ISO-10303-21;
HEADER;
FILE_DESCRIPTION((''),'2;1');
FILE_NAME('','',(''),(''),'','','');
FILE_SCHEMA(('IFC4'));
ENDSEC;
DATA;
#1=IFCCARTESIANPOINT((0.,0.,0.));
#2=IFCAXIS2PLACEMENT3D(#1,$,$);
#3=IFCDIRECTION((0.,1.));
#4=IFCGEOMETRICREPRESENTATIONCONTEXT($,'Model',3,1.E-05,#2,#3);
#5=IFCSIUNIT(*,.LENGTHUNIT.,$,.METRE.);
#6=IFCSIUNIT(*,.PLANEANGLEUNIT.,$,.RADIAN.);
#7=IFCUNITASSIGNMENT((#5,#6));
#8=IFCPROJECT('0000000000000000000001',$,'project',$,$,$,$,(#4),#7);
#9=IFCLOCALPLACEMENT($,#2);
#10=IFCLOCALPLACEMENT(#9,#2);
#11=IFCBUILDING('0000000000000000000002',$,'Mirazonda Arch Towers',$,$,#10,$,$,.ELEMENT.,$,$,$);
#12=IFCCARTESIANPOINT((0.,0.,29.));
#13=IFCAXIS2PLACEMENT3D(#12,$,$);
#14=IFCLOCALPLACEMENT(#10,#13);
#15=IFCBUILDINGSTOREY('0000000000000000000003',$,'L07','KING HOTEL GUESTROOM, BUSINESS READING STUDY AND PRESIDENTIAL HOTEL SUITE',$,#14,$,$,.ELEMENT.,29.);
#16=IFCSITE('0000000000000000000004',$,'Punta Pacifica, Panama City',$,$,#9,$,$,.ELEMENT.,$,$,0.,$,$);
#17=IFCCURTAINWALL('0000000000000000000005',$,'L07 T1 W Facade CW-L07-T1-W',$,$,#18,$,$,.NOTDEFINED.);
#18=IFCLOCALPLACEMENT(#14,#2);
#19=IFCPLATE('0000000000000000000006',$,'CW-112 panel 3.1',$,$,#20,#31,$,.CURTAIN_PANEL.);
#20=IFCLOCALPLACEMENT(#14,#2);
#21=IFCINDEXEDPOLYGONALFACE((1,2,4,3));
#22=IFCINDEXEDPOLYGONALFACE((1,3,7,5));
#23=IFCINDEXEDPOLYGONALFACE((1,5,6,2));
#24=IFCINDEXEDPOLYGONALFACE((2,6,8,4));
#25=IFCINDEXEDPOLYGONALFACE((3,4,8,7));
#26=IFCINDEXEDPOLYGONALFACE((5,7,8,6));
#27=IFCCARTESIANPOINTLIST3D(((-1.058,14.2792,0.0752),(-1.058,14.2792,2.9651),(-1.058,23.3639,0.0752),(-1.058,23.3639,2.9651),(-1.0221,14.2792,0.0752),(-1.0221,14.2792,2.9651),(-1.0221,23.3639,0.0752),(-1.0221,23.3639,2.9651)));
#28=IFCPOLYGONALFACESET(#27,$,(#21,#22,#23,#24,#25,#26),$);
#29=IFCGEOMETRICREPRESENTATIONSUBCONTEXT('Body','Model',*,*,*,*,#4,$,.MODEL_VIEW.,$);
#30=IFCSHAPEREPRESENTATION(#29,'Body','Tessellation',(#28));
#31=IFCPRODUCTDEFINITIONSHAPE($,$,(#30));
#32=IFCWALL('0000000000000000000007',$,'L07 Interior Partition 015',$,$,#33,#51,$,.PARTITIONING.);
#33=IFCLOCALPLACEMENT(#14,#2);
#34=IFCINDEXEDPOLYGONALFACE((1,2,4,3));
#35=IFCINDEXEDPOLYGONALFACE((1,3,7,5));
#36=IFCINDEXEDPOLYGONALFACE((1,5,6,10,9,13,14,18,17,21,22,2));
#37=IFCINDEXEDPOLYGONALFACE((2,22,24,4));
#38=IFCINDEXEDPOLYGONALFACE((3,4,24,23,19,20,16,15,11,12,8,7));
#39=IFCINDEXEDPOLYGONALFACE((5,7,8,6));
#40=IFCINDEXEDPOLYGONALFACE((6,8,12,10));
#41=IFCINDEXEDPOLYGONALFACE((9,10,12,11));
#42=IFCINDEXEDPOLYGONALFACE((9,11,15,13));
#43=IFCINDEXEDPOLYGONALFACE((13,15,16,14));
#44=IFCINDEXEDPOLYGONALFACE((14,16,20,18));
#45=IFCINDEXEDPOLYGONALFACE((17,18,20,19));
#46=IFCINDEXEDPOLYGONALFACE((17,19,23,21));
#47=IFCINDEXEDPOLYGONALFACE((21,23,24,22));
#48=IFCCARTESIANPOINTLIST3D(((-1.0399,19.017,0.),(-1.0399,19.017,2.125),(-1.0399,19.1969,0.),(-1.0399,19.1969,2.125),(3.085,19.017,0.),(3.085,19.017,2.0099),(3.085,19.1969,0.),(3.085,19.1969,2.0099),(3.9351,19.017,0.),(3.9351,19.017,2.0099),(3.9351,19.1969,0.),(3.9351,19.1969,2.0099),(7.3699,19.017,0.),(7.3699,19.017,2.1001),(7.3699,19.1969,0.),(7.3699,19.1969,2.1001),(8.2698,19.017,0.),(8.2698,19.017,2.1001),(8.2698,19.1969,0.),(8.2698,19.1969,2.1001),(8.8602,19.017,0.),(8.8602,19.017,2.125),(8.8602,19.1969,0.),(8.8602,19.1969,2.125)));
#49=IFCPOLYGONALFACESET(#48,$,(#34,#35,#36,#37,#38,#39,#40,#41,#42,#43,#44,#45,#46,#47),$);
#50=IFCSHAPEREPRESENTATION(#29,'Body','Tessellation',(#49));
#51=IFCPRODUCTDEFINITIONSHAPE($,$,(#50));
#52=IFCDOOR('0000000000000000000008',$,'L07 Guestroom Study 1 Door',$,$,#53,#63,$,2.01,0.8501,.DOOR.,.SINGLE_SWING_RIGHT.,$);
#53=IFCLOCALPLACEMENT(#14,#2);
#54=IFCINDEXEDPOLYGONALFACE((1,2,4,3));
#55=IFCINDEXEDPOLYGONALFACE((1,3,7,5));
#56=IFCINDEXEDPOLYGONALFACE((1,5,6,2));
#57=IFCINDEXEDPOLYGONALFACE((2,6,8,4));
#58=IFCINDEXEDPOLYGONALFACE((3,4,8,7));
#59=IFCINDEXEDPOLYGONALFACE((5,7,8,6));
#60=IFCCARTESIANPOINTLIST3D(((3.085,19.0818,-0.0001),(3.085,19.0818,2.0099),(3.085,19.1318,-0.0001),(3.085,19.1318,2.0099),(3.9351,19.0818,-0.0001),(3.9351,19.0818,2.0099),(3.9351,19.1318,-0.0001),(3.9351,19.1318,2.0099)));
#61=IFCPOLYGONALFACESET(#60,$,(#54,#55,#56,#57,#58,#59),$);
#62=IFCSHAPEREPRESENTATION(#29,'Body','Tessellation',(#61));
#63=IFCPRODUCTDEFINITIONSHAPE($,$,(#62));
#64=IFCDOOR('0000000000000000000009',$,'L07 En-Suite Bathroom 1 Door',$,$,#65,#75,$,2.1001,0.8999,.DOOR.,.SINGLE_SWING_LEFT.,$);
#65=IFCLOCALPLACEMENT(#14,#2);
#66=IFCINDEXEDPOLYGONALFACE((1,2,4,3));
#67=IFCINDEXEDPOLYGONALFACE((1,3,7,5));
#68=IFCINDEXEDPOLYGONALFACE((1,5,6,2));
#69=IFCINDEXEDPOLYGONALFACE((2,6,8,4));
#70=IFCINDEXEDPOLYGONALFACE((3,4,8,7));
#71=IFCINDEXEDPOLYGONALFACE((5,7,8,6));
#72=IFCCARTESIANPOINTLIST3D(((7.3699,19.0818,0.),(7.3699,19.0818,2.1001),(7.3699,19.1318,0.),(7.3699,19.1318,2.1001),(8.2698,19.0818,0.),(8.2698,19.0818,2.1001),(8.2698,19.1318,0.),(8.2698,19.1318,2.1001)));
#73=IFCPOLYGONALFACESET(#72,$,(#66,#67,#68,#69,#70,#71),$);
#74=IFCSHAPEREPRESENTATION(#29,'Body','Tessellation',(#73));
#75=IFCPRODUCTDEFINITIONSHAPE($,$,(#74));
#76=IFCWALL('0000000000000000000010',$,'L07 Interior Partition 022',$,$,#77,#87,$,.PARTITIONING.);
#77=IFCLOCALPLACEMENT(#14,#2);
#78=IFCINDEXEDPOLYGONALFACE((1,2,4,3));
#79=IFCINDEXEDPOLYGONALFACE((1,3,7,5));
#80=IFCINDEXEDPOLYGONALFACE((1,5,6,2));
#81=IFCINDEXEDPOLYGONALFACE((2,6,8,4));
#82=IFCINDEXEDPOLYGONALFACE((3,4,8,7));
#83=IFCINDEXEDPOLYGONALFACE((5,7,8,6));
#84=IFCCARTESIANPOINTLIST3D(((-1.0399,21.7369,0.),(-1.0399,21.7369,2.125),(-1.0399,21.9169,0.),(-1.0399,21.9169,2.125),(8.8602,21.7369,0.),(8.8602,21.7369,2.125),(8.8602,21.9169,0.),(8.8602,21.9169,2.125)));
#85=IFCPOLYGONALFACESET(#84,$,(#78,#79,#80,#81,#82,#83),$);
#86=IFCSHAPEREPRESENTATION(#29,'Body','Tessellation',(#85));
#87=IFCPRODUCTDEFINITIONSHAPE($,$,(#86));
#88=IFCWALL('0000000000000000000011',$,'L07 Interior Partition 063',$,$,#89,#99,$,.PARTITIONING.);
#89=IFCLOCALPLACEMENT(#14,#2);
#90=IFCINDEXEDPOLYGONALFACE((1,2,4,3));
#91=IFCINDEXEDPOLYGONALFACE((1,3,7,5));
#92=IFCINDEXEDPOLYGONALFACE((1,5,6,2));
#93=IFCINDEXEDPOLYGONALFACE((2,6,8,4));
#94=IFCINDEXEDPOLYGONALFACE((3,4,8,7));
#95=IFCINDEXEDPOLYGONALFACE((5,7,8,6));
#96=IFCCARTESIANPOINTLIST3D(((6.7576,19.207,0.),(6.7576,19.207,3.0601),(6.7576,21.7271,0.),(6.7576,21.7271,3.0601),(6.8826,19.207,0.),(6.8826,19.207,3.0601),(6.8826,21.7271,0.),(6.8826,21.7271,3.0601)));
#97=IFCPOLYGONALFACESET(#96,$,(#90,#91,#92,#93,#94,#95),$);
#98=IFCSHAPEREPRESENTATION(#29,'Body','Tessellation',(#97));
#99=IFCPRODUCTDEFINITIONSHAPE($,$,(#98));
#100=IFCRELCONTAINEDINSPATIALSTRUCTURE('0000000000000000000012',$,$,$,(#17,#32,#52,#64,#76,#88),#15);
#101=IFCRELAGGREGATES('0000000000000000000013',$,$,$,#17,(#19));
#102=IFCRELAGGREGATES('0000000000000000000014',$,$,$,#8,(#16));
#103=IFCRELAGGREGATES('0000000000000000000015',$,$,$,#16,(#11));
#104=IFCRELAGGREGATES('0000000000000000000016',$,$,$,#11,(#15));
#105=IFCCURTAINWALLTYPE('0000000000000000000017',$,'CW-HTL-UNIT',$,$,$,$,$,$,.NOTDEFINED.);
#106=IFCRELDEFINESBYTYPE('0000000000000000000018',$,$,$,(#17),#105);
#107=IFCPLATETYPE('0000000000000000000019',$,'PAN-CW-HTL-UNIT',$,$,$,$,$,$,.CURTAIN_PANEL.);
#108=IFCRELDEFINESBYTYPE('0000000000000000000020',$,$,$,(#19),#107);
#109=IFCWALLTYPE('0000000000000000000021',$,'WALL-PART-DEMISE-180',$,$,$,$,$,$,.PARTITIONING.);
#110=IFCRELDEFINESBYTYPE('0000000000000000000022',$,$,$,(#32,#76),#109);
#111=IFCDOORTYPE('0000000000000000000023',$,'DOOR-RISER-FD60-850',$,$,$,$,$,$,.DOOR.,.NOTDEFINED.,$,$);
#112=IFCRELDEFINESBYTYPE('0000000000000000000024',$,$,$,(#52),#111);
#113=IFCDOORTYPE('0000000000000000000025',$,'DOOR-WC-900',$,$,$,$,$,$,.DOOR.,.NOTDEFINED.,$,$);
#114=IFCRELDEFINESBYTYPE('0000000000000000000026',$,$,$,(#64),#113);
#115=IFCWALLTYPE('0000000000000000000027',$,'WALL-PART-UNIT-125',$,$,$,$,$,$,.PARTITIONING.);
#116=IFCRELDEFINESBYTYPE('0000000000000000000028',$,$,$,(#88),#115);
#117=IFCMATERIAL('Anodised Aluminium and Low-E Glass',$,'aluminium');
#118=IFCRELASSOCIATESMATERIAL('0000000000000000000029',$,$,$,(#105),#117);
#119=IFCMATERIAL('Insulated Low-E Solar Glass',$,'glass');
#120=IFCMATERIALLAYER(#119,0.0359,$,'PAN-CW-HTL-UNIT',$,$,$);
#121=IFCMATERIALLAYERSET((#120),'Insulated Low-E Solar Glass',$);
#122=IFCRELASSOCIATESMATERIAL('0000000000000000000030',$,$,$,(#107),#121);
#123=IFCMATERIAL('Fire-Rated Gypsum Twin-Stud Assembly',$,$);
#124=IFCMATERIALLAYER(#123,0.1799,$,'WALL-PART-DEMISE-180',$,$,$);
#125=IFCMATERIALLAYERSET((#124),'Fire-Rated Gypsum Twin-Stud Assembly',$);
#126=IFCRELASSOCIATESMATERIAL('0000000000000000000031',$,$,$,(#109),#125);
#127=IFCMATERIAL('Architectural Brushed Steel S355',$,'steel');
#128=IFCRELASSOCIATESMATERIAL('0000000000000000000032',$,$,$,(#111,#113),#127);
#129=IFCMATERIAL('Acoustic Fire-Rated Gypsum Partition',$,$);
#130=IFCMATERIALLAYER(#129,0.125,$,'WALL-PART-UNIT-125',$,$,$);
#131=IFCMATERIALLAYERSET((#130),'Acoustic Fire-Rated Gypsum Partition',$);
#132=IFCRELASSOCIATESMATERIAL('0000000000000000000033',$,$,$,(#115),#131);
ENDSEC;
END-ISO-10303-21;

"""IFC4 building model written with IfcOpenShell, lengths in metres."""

from ifc_helpers import new_model, si_unit, direction, frame, frame_2d, origin, origin_2d, place, context, subcontext, project, spatial, rectangle, extrude, material, layer, layer_set, type_object, element, fill, aggregate, save


model = new_model("IFC4")

# Units and contexts
model_context = context("Model", 3, precision=1e-05, world=origin(), true_north=direction((0.0, 1.0)))
body_context = subcontext(model_context, "Body", "Model", "MODEL_VIEW")
ifc_project = project(units=[si_unit("LENGTHUNIT", "METRE"), si_unit("PLANEANGLEUNIT", "RADIAN")], contexts=[model_context])

# Site, building, storey
site_placement = place(None, origin())
site = spatial("IfcSite", under=ifc_project, at=site_placement, Name="Punta Pacifica, Panama City", CompositionType="ELEMENT", RefElevation=0.0)
building_placement = place(site_placement, origin())
building = spatial("IfcBuilding", under=site, at=building_placement, Name="Mirazonda Arch Towers", CompositionType="ELEMENT")
storey_placement = place(building_placement, frame((0.0, 0.0, 29.0)))
storey = spatial("IfcBuildingStorey", under=building, at=storey_placement, Name="L07", Description="KING HOTEL GUESTROOM, BUSINESS READING STUDY AND PRESIDENTIAL HOTEL SUITE", CompositionType="ELEMENT", Elevation=29.0)

# Curtain wall, plate
ifc_material_1 = material(Name="Anodised Aluminium and Low-E Glass", Category="aluminium")
curtain_wall_type = type_object("IfcCurtainWallType", Name="CW-HTL-UNIT", PredefinedType="NOTDEFINED", material=ifc_material_1)
curtain_wall_placement = place(storey_placement, origin())
curtain_wall = element("IfcCurtainWall", 1, at=curtain_wall_placement, inside=storey, type_object=curtain_wall_type, Name="L07 T1 W Facade CW-L07-T1-W", PredefinedType="NOTDEFINED")
ifc_material_2 = material(Name="Insulated Low-E Solar Glass", Category="glass")
ifc_layer_1 = layer(ifc_material_2, 0.0359, Name="PAN-CW-HTL-UNIT")
ifc_layer_set_1 = layer_set([ifc_layer_1], Name="Insulated Low-E Solar Glass")
plate_type = type_object("IfcPlateType", Name="PAN-CW-HTL-UNIT", PredefinedType="CURTAIN_PANEL", material=ifc_layer_set_1)
plate_placement = place(storey_placement, frame((-1.04, 18.8215, 0.0752), z_axis=(0.0, 0.0, 1.0), x_axis=(0.0, -1.0, 0.0)))
plate = element("IfcPlate", 2, at=plate_placement, type_object=plate_type, Name="CW-112 panel 3.1", PredefinedType="CURTAIN_PANEL", context=body_context, shape_type="SweptSolid", body=[
    extrude(rectangle(XDim=9.0847, YDim=0.0359, at=origin_2d()), origin(), (0.0, 0.0, 1.0), 2.8899),
])
aggregate(curtain_wall, [plate])

# Wall, openings, doors
ifc_material_3 = material(Name="Fire-Rated Gypsum Twin-Stud Assembly")
ifc_layer_2 = layer(ifc_material_3, 0.1799, Name="WALL-PART-DEMISE-180")
ifc_layer_set_2 = layer_set([ifc_layer_2], Name="Fire-Rated Gypsum Twin-Stud Assembly")
wall_type_1 = type_object("IfcWallType", Name="WALL-PART-DEMISE-180", PredefinedType="PARTITIONING", material=ifc_layer_set_2)
wall_1_placement = place(storey_placement, frame((-1.04, 19.1069, 0.0), z_axis=(0.0, 0.0, 1.0), x_axis=(1.0, 0.0, 0.0)))
wall_1 = element("IfcWall", 3, at=wall_1_placement, inside=storey, type_object=wall_type_1, Name="L07 Interior Partition 015", PredefinedType="PARTITIONING", context=body_context, shape_type="SweptSolid", body=[
    extrude(rectangle(XDim=9.9001, YDim=0.1799, at=frame_2d((4.9502, 0.0))), origin(), (0.0, 0.0, 1.0), 2.125),
])
opening_1_placement = place(wall_1_placement, frame((4.125, 0.0, 0.0)))
opening_1 = element("IfcOpeningElement", 4, at=opening_1_placement, cuts=wall_1, PredefinedType="OPENING", context=body_context, shape_type="SweptSolid", body=[
    extrude(rectangle(XDim=0.8501, YDim=2.01, at=frame_2d((0.425, 1.0049))), frame((0.0, 0.0999, 0.0), z_axis=(0.0, -1.0, 0.0), x_axis=(1.0, 0.0, 0.0)), (0.0, 0.0, 1.0), 0.2),
])
opening_2_placement = place(wall_1_placement, frame((8.4099, 0.0, 0.0)))
opening_2 = element("IfcOpeningElement", 5, at=opening_2_placement, cuts=wall_1, PredefinedType="OPENING", context=body_context, shape_type="SweptSolid", body=[
    extrude(rectangle(XDim=0.8999, YDim=2.1001, at=frame_2d((0.45, 1.05))), frame((0.0, 0.0999, 0.0), z_axis=(0.0, -1.0, 0.0), x_axis=(1.0, 0.0, 0.0)), (0.0, 0.0, 1.0), 0.2),
])
ifc_material_4 = material(Name="Architectural Brushed Steel S355", Category="steel")
door_type_1 = type_object("IfcDoorType", Name="DOOR-RISER-FD60-850", OperationType="NOTDEFINED", PredefinedType="DOOR", material=ifc_material_4)
door_1_placement = place(opening_1_placement, origin())
door_1 = element("IfcDoor", 6, at=door_1_placement, inside=storey, type_object=door_type_1, Name="L07 Guestroom Study 1 Door", OperationType="SINGLE_SWING_RIGHT", OverallHeight=2.01, OverallWidth=0.8501, PredefinedType="DOOR", context=body_context, shape_type="SweptSolid", body=[
    extrude(rectangle(XDim=0.8501, YDim=2.01, at=frame_2d((0.425, 1.0049))), frame((0.0, 0.0249, 0.0), z_axis=(0.0, -1.0, 0.0), x_axis=(1.0, 0.0, 0.0)), (0.0, 0.0, 1.0), 0.05),
])
fill(opening_1, door_1)
door_type_2 = type_object("IfcDoorType", Name="DOOR-WC-900", OperationType="NOTDEFINED", PredefinedType="DOOR", material=ifc_material_4)
door_2_placement = place(opening_2_placement, origin())
door_2 = element("IfcDoor", 7, at=door_2_placement, inside=storey, type_object=door_type_2, Name="L07 En-Suite Bathroom 1 Door", OperationType="SINGLE_SWING_LEFT", OverallHeight=2.1001, OverallWidth=0.8999, PredefinedType="DOOR", context=body_context, shape_type="SweptSolid", body=[
    extrude(rectangle(XDim=0.8999, YDim=2.1001, at=frame_2d((0.45, 1.05))), frame((0.0, 0.0249, 0.0), z_axis=(0.0, -1.0, 0.0), x_axis=(1.0, 0.0, 0.0)), (0.0, 0.0, 1.0), 0.05),
])
fill(opening_2, door_2)

# Walls
wall_2_placement = place(storey_placement, frame((-1.04, 21.8269, 0.0), z_axis=(0.0, 0.0, 1.0), x_axis=(1.0, 0.0, 0.0)))
element("IfcWall", 8, at=wall_2_placement, inside=storey, type_object=wall_type_1, Name="L07 Interior Partition 022", PredefinedType="PARTITIONING", context=body_context, shape_type="SweptSolid", body=[
    extrude(rectangle(XDim=9.9001, YDim=0.1799, at=frame_2d((4.9502, 0.0))), origin(), (0.0, 0.0, 1.0), 2.125),
])
ifc_material_5 = material(Name="Acoustic Fire-Rated Gypsum Partition")
ifc_layer_3 = layer(ifc_material_5, 0.125, Name="WALL-PART-UNIT-125")
ifc_layer_set_3 = layer_set([ifc_layer_3], Name="Acoustic Fire-Rated Gypsum Partition")
wall_type_2 = type_object("IfcWallType", Name="WALL-PART-UNIT-125", PredefinedType="PARTITIONING", material=ifc_layer_set_3)
wall_3_placement = place(storey_placement, frame((6.8201, 19.207, 0.0), z_axis=(0.0, 0.0, 1.0), x_axis=(0.0, 1.0, 0.0)))
element("IfcWall", 9, at=wall_3_placement, inside=storey, type_object=wall_type_2, Name="L07 Interior Partition 063", PredefinedType="PARTITIONING", context=body_context, shape_type="SweptSolid", body=[
    extrude(rectangle(XDim=2.52, YDim=0.125, at=frame_2d((1.26, 0.0))), origin(), (0.0, 0.0, 1.0), 3.0601),
])

save(model, "model.ifc")
